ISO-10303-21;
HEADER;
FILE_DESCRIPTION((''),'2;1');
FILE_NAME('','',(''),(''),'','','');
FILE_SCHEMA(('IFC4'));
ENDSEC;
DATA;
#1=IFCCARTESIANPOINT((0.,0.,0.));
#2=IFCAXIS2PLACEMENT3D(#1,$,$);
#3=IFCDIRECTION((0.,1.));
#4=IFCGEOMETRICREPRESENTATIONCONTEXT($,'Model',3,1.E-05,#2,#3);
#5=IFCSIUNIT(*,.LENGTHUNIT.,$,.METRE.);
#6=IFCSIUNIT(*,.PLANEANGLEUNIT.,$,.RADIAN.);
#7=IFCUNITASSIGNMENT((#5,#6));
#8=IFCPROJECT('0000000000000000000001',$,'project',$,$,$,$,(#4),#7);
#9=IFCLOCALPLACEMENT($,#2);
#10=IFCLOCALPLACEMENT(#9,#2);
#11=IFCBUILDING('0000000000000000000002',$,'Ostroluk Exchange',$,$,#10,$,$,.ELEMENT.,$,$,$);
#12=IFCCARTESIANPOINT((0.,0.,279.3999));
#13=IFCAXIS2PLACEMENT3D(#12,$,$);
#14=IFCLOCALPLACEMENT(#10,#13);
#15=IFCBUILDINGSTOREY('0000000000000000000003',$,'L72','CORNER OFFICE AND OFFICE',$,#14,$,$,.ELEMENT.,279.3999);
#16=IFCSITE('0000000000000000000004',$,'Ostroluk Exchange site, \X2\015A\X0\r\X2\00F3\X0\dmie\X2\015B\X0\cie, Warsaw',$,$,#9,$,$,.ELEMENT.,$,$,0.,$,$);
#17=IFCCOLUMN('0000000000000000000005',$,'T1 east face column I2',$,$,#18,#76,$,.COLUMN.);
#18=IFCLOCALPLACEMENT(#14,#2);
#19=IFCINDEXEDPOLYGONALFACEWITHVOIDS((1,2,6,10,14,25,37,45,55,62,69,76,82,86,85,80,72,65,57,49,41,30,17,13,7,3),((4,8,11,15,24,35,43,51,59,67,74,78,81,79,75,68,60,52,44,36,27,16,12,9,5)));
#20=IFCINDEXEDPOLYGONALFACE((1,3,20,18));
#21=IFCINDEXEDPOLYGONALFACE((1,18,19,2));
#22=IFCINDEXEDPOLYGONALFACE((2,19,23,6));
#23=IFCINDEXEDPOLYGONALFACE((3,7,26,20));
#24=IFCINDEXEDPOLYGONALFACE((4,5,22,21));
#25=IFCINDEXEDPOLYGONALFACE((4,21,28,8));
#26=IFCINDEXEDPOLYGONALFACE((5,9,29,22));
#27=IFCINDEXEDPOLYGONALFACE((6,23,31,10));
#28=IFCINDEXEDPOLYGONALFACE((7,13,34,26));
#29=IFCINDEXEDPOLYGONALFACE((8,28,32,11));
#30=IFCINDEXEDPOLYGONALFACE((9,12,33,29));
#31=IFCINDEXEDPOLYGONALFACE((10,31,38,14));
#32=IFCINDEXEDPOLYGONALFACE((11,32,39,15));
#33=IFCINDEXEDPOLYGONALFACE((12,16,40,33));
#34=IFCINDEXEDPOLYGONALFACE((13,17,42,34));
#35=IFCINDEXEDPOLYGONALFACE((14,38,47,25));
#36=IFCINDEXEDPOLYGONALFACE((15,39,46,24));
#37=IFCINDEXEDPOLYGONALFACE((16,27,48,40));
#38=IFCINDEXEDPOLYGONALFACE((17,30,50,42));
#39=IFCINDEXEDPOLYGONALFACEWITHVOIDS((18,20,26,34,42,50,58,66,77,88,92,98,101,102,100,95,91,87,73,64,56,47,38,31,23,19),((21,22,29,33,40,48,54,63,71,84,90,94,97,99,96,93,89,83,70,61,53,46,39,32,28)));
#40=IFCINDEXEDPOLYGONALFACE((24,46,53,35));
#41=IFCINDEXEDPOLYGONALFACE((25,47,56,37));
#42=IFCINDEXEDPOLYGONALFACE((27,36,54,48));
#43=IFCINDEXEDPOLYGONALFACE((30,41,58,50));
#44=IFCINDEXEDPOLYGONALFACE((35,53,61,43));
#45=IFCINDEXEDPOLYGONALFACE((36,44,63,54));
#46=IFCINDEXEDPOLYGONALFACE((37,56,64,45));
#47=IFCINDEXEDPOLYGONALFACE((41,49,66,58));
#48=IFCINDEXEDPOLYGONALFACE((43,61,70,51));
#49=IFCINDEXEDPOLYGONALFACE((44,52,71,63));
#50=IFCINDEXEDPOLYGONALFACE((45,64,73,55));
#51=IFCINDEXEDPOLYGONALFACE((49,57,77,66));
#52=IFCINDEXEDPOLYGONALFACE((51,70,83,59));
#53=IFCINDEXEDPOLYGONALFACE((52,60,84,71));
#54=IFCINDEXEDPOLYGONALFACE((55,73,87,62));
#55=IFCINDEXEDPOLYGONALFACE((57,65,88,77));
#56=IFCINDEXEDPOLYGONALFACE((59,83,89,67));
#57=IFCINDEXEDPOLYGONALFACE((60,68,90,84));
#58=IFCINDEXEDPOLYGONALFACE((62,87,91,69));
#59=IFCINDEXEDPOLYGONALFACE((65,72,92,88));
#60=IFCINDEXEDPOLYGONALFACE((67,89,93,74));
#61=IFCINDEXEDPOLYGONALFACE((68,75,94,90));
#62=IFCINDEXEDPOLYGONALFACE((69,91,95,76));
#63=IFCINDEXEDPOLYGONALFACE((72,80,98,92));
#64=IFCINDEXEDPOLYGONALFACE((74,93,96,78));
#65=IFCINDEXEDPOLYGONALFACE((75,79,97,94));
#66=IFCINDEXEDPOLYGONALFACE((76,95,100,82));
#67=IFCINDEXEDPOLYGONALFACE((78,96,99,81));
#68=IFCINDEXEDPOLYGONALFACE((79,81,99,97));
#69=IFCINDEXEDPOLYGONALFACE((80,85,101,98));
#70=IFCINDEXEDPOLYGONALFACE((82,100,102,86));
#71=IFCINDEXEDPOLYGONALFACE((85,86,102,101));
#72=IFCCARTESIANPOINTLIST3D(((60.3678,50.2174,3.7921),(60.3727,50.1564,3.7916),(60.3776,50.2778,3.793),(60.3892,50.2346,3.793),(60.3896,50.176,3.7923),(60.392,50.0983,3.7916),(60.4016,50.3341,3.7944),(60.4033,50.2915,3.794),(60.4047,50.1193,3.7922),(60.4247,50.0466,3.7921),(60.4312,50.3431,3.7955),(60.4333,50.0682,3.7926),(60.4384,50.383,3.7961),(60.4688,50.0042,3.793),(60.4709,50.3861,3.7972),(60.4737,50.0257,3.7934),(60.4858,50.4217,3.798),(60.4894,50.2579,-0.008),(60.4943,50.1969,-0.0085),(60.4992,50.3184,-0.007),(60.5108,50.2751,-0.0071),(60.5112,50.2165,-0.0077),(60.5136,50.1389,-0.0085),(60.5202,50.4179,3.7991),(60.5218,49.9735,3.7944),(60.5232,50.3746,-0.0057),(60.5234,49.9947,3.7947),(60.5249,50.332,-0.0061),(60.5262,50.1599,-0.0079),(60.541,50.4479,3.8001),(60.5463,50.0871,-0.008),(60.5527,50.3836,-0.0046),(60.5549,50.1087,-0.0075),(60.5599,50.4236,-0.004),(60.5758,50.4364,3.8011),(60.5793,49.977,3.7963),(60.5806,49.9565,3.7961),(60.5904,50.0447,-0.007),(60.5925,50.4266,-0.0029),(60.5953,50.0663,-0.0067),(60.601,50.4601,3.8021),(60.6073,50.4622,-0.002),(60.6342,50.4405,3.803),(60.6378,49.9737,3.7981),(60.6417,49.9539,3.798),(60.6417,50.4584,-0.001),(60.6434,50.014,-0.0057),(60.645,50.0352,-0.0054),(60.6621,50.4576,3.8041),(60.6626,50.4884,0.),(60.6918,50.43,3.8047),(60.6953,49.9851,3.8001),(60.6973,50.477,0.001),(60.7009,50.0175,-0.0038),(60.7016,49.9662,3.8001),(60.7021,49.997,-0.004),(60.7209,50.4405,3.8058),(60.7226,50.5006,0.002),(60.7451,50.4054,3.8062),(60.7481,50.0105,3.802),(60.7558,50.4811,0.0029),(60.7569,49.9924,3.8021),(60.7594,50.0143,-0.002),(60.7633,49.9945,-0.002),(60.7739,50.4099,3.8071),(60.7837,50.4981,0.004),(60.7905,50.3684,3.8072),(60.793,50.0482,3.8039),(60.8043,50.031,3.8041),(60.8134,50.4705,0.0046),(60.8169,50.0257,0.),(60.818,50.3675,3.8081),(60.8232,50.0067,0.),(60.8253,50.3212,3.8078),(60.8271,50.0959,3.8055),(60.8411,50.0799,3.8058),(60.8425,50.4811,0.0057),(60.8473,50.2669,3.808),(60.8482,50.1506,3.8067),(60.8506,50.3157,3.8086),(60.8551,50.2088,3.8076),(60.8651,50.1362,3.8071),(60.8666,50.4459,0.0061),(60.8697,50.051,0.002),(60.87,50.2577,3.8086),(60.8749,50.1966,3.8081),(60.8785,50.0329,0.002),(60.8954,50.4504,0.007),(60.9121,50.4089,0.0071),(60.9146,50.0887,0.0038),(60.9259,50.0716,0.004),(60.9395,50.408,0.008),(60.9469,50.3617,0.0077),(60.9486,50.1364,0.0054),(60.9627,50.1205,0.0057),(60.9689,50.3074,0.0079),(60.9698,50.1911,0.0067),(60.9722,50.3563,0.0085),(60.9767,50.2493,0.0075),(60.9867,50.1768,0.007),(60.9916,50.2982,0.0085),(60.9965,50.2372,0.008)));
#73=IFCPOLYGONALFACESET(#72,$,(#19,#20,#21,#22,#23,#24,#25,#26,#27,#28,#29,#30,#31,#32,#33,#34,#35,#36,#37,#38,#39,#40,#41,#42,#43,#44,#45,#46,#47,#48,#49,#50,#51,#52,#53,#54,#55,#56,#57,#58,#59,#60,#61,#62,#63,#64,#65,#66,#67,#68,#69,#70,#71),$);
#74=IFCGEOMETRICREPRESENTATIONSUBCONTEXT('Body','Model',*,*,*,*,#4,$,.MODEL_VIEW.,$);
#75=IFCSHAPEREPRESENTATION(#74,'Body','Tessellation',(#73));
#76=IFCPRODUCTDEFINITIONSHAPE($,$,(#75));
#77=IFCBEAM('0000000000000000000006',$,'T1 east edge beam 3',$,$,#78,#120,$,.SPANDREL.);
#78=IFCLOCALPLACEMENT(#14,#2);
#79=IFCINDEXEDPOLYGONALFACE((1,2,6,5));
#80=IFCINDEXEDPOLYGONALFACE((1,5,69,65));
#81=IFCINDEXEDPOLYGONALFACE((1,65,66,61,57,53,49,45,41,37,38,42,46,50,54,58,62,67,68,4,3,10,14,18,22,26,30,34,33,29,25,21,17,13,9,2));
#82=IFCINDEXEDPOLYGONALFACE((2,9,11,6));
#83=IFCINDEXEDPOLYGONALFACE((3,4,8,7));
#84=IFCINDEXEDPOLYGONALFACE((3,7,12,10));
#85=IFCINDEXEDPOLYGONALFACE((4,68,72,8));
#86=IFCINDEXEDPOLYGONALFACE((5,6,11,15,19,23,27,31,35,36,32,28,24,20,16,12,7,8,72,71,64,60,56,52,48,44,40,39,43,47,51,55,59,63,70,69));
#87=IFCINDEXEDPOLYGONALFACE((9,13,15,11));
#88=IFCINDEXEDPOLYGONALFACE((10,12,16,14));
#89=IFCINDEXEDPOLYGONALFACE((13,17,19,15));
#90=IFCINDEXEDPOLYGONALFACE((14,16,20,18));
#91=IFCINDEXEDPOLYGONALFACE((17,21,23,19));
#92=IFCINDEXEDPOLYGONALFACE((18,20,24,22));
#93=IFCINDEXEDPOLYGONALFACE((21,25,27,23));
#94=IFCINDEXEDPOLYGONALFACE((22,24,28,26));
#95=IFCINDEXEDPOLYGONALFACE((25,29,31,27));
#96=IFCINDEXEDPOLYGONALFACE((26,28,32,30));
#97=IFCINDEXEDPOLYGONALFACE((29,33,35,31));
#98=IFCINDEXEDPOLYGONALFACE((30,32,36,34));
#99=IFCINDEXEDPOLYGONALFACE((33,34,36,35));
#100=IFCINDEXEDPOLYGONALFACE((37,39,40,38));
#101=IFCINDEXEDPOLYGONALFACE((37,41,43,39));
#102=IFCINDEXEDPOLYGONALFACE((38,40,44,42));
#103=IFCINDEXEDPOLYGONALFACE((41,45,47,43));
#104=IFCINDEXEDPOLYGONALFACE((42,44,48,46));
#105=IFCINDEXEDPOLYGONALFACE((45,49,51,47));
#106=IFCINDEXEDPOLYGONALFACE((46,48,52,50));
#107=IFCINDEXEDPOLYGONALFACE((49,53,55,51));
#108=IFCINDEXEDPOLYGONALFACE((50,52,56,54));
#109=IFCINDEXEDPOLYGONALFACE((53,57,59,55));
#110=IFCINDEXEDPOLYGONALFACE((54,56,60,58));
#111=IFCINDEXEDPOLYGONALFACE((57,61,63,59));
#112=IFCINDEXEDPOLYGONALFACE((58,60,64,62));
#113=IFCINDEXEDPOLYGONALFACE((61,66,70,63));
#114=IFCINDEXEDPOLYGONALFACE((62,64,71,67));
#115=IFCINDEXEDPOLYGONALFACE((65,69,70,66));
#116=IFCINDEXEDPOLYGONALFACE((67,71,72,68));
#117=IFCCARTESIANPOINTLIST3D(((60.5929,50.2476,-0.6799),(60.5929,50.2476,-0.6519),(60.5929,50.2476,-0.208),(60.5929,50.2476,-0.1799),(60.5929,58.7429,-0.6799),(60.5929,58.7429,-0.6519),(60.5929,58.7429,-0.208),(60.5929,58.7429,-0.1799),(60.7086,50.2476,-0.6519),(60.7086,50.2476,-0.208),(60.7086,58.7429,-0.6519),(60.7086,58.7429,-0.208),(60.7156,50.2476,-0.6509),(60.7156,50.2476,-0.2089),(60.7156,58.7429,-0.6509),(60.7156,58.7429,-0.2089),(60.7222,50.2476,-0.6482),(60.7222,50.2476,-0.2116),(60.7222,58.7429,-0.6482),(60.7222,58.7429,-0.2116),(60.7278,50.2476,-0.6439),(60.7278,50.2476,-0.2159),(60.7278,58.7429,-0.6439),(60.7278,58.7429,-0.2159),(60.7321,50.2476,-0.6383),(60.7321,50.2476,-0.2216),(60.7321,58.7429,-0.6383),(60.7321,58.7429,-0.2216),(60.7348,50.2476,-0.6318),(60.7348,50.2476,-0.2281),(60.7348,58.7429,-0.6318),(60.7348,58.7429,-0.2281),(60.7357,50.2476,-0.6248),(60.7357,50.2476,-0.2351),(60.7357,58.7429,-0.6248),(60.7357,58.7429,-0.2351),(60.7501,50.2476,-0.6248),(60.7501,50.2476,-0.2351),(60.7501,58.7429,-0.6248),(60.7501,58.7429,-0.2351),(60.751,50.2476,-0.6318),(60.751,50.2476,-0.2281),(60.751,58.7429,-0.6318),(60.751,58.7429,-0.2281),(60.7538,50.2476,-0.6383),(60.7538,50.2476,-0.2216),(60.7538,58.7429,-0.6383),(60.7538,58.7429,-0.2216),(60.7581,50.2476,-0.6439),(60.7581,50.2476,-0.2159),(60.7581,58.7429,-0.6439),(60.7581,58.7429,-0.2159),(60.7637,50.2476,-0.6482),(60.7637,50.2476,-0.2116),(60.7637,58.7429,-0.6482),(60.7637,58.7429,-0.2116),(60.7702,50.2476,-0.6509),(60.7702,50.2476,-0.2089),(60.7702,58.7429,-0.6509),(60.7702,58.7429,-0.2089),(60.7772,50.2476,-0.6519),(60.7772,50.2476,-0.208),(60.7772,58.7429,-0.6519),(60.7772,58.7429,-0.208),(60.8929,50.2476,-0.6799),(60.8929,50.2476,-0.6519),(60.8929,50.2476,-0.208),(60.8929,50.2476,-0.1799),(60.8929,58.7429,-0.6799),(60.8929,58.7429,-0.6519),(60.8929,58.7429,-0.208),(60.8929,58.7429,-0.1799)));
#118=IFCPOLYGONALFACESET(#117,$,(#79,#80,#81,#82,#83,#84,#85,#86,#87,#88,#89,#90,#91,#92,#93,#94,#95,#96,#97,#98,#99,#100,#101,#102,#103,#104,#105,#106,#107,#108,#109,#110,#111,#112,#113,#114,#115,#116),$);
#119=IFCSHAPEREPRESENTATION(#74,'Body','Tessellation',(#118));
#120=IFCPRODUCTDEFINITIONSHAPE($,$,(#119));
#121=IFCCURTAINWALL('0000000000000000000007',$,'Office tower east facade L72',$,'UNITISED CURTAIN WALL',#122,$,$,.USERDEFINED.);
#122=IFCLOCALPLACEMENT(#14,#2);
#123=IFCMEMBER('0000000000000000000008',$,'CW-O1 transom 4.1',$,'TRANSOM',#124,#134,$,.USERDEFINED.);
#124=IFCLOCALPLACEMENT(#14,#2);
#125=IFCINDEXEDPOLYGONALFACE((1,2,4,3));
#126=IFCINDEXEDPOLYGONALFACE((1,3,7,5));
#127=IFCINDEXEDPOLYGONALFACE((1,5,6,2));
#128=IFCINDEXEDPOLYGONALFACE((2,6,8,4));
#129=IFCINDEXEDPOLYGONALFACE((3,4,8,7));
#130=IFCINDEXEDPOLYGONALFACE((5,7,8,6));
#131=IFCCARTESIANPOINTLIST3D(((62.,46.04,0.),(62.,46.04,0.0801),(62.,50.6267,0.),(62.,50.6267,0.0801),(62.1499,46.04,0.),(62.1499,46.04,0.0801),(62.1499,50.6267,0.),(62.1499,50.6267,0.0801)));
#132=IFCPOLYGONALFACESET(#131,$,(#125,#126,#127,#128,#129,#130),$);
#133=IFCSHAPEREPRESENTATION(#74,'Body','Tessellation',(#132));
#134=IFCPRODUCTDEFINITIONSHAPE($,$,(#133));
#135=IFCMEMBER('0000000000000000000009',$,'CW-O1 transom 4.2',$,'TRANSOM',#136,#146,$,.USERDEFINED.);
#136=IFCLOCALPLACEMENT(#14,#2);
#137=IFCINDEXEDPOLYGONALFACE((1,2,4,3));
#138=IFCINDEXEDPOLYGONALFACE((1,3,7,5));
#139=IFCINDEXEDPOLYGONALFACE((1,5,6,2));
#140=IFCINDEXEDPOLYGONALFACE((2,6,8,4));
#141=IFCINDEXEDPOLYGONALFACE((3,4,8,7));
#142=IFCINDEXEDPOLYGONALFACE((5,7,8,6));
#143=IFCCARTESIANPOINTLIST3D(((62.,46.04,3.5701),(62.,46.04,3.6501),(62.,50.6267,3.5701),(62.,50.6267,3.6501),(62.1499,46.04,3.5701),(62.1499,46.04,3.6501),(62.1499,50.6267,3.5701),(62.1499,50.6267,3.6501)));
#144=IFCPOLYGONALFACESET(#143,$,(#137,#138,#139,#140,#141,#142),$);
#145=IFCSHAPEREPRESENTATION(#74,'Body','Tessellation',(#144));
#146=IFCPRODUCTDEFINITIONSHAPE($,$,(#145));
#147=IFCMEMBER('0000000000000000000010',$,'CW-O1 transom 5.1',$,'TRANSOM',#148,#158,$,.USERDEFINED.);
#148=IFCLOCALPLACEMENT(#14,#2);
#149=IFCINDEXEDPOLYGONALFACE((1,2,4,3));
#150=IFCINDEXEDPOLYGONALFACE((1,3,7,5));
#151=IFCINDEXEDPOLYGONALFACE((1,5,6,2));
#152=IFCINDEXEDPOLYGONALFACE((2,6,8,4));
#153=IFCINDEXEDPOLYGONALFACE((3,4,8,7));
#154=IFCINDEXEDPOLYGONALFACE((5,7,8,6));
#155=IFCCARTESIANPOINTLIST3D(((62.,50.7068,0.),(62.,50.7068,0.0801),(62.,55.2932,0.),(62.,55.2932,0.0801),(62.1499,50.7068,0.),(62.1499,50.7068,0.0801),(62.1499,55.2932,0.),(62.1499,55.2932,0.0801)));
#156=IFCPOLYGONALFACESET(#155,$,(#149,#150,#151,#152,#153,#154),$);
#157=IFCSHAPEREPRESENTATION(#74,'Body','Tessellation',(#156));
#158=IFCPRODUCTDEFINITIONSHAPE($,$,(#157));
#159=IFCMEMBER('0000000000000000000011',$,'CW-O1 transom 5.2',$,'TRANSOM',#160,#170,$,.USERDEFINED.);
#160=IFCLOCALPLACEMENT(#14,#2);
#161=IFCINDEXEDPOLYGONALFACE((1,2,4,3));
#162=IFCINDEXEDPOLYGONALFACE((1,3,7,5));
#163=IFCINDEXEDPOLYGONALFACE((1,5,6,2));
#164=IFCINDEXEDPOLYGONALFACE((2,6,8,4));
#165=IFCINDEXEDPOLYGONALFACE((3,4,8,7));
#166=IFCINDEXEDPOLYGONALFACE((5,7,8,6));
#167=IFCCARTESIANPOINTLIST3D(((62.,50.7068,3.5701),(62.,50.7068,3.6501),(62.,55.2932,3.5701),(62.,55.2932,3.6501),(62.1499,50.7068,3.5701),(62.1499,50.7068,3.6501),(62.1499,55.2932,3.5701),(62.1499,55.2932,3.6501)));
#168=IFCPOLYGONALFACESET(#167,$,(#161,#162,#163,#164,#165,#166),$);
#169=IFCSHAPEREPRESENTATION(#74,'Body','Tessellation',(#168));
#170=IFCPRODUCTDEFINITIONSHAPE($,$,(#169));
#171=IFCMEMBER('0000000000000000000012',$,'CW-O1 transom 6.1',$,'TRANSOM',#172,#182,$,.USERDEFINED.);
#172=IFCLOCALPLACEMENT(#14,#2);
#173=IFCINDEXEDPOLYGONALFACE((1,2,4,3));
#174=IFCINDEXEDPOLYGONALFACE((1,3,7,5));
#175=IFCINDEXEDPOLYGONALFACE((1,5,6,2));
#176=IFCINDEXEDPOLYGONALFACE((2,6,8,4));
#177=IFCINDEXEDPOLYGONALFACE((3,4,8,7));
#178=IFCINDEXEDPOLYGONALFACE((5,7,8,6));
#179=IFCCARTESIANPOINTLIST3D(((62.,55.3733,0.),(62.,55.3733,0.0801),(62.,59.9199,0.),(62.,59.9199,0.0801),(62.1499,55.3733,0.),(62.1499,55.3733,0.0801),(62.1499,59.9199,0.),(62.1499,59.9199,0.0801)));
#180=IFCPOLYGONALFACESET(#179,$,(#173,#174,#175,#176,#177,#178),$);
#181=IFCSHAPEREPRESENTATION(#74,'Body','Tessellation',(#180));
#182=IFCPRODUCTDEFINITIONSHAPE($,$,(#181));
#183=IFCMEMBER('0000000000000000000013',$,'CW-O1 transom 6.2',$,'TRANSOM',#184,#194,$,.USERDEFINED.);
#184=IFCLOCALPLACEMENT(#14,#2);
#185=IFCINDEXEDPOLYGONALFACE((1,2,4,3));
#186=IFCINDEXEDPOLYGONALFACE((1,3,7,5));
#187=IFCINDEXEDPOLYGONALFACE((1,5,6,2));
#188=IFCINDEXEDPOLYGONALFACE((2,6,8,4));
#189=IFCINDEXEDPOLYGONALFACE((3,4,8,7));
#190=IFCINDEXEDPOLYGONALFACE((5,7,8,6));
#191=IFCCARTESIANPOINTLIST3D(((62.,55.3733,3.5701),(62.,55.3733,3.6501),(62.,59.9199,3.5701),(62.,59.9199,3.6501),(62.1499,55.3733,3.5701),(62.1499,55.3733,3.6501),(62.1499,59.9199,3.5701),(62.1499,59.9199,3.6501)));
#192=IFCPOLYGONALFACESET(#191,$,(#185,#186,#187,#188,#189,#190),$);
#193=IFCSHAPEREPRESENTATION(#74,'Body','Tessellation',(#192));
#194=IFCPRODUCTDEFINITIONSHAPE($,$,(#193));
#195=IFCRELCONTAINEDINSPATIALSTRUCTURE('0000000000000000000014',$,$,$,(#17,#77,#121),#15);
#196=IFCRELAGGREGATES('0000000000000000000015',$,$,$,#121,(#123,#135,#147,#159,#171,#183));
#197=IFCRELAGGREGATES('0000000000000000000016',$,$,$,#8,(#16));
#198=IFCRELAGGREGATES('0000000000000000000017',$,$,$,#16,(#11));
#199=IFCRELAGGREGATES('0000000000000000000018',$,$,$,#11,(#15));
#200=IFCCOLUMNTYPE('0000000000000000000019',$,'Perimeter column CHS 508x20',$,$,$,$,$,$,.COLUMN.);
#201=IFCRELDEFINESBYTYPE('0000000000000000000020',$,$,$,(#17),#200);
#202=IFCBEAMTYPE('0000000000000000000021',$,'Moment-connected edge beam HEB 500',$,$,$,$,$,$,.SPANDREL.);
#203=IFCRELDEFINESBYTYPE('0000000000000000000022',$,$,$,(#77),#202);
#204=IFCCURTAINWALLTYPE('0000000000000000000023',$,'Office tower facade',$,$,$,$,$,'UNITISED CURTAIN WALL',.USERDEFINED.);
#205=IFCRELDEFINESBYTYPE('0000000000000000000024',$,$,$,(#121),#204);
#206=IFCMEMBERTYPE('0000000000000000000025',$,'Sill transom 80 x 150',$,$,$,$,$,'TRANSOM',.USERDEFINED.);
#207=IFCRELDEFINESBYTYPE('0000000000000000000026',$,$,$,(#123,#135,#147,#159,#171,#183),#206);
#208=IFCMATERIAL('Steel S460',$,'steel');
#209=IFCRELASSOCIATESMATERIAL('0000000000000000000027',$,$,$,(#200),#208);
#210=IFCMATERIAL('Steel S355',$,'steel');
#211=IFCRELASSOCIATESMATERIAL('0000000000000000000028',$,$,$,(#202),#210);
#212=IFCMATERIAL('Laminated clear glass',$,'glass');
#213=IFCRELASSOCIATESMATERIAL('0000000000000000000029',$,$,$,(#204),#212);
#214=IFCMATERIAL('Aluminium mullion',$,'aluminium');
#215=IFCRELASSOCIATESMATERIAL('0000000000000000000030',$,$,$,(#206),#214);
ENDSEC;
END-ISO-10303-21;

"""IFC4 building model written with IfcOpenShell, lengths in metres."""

from ifc_helpers import new_model, si_unit, direction, frame, origin, origin_2d, place, context, subcontext, project, spatial, rectangle, hollow_circle, i_section, extrude, material, material_profile, profile_set, type_object, element, aggregate, save


model = new_model("IFC4")

# Units and contexts
model_context = context("Model", 3, precision=1e-05, world=origin(), true_north=direction((0.0, 1.0)))
body_context = subcontext(model_context, "Body", "Model", "MODEL_VIEW")
ifc_project = project(units=[si_unit("LENGTHUNIT", "METRE"), si_unit("PLANEANGLEUNIT", "RADIAN")], contexts=[model_context])

# Site, building, storey
site_placement = place(None, origin())
site = spatial("IfcSite", under=ifc_project, at=site_placement, Name="Ostroluk Exchange site, Śródmieście, Warsaw", CompositionType="ELEMENT", RefElevation=0.0)
building_placement = place(site_placement, origin())
building = spatial("IfcBuilding", under=site, at=building_placement, Name="Ostroluk Exchange", CompositionType="ELEMENT")
storey_placement = place(building_placement, frame((0.0, 0.0, 279.3999)))
storey = spatial("IfcBuildingStorey", under=building, at=storey_placement, Name="L72", Description="CORNER OFFICE AND OFFICE", CompositionType="ELEMENT", Elevation=279.3999)

# Column
ifc_material_1 = material(Name="Steel S460", Category="steel")
ifc_material_profile_1 = material_profile(ifc_material_1, hollow_circle(Radius=0.2539, WallThickness=0.02, at=origin_2d()), Name="CHS 508x20")
ifc_profile_set_1 = profile_set([ifc_material_profile_1], Name="Steel S460")
column_type = type_object("IfcColumnType", Name="Perimeter column CHS 508x20", PredefinedType="COLUMN", material=ifc_profile_set_1)
column_placement = place(storey_placement, frame((60.7429, 50.2476, 0.0), z_axis=(-0.031977, -0.010659, 0.999432), x_axis=(0.316228, -0.948683, 0.0)))
element("IfcColumn", 1, at=column_placement, inside=storey, type_object=column_type, Name="T1 east face column I2", PredefinedType="COLUMN", context=body_context, shape_type="SweptSolid", body=[
    extrude(hollow_circle(Radius=0.2539, WallThickness=0.02, at=origin_2d()), origin(), (0.0, 0.0, 1.0), 3.8022),
])

# Beam
ifc_material_2 = material(Name="Steel S355", Category="steel")
ifc_material_profile_2 = material_profile(ifc_material_2, i_section(OverallWidth=0.3, OverallDepth=0.5, WebThickness=0.0144, FlangeThickness=0.0281, FilletRadius=0.0271, at=origin_2d()), Name="HEB 500")
ifc_profile_set_2 = profile_set([ifc_material_profile_2], Name="Steel S355")
beam_type = type_object("IfcBeamType", Name="Moment-connected edge beam HEB 500", PredefinedType="SPANDREL", material=ifc_profile_set_2)
beam_placement = place(storey_placement, frame((60.7429, 50.2476, -0.4299), z_axis=(0.0, 1.0, 0.0), x_axis=(-1.0, 0.0, 0.0)))
element("IfcBeam", 2, at=beam_placement, inside=storey, type_object=beam_type, Name="T1 east edge beam 3", PredefinedType="SPANDREL", context=body_context, shape_type="SweptSolid", body=[
    extrude(i_section(OverallWidth=0.3, OverallDepth=0.5, WebThickness=0.0144, FlangeThickness=0.0281, FilletRadius=0.0271, at=origin_2d()), origin(), (0.0, 0.0, 1.0), 8.4954),
])

# Curtain wall, members
ifc_material_3 = material(Name="Laminated clear glass", Category="glass")
curtain_wall_type = type_object("IfcCurtainWallType", Name="Office tower facade", ElementType="UNITISED CURTAIN WALL", PredefinedType="USERDEFINED", material=ifc_material_3)
curtain_wall_placement = place(storey_placement, origin())
curtain_wall = element("IfcCurtainWall", 3, at=curtain_wall_placement, inside=storey, type_object=curtain_wall_type, Name="Office tower east facade L72", ObjectType="UNITISED CURTAIN WALL", PredefinedType="USERDEFINED")
ifc_material_4 = material(Name="Aluminium mullion", Category="aluminium")
ifc_material_profile_3 = material_profile(ifc_material_4, rectangle(XDim=0.1499, YDim=0.0801, at=origin_2d()), Name="Sill transom 80 x 150")
ifc_profile_set_3 = profile_set([ifc_material_profile_3], Name="Aluminium mullion")
member_type_1 = type_object("IfcMemberType", Name="Sill transom 80 x 150", ElementType="TRANSOM", PredefinedType="USERDEFINED", material=ifc_profile_set_3)
member_1_placement = place(storey_placement, frame((62.075, 46.04, 0.04), z_axis=(0.0, 1.0, 0.0), x_axis=(-1.0, 0.0, 0.0)))
member_1 = element("IfcMember", 4, at=member_1_placement, type_object=member_type_1, Name="CW-O1 transom 4.1", ObjectType="TRANSOM", PredefinedType="USERDEFINED", context=body_context, shape_type="SweptSolid", body=[
    extrude(rectangle(XDim=0.1499, YDim=0.0801, at=origin_2d()), origin(), (0.0, 0.0, 1.0), 4.5867),
])
member_2_placement = place(storey_placement, frame((62.075, 46.04, 3.6101), z_axis=(0.0, 1.0, 0.0), x_axis=(-1.0, 0.0, 0.0)))
member_2 = element("IfcMember", 5, at=member_2_placement, type_object=member_type_1, Name="CW-O1 transom 4.2", ObjectType="TRANSOM", PredefinedType="USERDEFINED", context=body_context, shape_type="SweptSolid", body=[
    extrude(rectangle(XDim=0.1499, YDim=0.0801, at=origin_2d()), origin(), (0.0, 0.0, 1.0), 4.5867),
])
member_3_placement = place(storey_placement, frame((62.075, 50.7068, 0.04), z_axis=(0.0, 1.0, 0.0), x_axis=(-1.0, 0.0, 0.0)))
member_3 = element("IfcMember", 6, at=member_3_placement, type_object=member_type_1, Name="CW-O1 transom 5.1", ObjectType="TRANSOM", PredefinedType="USERDEFINED", context=body_context, shape_type="SweptSolid", body=[
    extrude(rectangle(XDim=0.1499, YDim=0.0801, at=origin_2d()), origin(), (0.0, 0.0, 1.0), 4.5864),
])
member_4_placement = place(storey_placement, frame((62.075, 50.7068, 3.6101), z_axis=(0.0, 1.0, 0.0), x_axis=(-1.0, 0.0, 0.0)))
member_4 = element("IfcMember", 7, at=member_4_placement, type_object=member_type_1, Name="CW-O1 transom 5.2", ObjectType="TRANSOM", PredefinedType="USERDEFINED", context=body_context, shape_type="SweptSolid", body=[
    extrude(rectangle(XDim=0.1499, YDim=0.0801, at=origin_2d()), origin(), (0.0, 0.0, 1.0), 4.5864),
])
member_5_placement = place(storey_placement, frame((62.075, 55.3733, 0.04), z_axis=(0.0, 1.0, 0.0), x_axis=(-1.0, 0.0, 0.0)))
member_5 = element("IfcMember", 8, at=member_5_placement, type_object=member_type_1, Name="CW-O1 transom 6.1", ObjectType="TRANSOM", PredefinedType="USERDEFINED", context=body_context, shape_type="SweptSolid", body=[
    extrude(rectangle(XDim=0.1499, YDim=0.0801, at=origin_2d()), origin(), (0.0, 0.0, 1.0), 4.5466),
])
member_6_placement = place(storey_placement, frame((62.075, 55.3733, 3.6101), z_axis=(0.0, 1.0, 0.0), x_axis=(-1.0, 0.0, 0.0)))
member_6 = element("IfcMember", 9, at=member_6_placement, type_object=member_type_1, Name="CW-O1 transom 6.2", ObjectType="TRANSOM", PredefinedType="USERDEFINED", context=body_context, shape_type="SweptSolid", body=[
    extrude(rectangle(XDim=0.1499, YDim=0.0801, at=origin_2d()), origin(), (0.0, 0.0, 1.0), 4.5466),
])
aggregate(curtain_wall, [member_1, member_2, member_3, member_4, member_5, member_6])

save(model, "model.ifc")
